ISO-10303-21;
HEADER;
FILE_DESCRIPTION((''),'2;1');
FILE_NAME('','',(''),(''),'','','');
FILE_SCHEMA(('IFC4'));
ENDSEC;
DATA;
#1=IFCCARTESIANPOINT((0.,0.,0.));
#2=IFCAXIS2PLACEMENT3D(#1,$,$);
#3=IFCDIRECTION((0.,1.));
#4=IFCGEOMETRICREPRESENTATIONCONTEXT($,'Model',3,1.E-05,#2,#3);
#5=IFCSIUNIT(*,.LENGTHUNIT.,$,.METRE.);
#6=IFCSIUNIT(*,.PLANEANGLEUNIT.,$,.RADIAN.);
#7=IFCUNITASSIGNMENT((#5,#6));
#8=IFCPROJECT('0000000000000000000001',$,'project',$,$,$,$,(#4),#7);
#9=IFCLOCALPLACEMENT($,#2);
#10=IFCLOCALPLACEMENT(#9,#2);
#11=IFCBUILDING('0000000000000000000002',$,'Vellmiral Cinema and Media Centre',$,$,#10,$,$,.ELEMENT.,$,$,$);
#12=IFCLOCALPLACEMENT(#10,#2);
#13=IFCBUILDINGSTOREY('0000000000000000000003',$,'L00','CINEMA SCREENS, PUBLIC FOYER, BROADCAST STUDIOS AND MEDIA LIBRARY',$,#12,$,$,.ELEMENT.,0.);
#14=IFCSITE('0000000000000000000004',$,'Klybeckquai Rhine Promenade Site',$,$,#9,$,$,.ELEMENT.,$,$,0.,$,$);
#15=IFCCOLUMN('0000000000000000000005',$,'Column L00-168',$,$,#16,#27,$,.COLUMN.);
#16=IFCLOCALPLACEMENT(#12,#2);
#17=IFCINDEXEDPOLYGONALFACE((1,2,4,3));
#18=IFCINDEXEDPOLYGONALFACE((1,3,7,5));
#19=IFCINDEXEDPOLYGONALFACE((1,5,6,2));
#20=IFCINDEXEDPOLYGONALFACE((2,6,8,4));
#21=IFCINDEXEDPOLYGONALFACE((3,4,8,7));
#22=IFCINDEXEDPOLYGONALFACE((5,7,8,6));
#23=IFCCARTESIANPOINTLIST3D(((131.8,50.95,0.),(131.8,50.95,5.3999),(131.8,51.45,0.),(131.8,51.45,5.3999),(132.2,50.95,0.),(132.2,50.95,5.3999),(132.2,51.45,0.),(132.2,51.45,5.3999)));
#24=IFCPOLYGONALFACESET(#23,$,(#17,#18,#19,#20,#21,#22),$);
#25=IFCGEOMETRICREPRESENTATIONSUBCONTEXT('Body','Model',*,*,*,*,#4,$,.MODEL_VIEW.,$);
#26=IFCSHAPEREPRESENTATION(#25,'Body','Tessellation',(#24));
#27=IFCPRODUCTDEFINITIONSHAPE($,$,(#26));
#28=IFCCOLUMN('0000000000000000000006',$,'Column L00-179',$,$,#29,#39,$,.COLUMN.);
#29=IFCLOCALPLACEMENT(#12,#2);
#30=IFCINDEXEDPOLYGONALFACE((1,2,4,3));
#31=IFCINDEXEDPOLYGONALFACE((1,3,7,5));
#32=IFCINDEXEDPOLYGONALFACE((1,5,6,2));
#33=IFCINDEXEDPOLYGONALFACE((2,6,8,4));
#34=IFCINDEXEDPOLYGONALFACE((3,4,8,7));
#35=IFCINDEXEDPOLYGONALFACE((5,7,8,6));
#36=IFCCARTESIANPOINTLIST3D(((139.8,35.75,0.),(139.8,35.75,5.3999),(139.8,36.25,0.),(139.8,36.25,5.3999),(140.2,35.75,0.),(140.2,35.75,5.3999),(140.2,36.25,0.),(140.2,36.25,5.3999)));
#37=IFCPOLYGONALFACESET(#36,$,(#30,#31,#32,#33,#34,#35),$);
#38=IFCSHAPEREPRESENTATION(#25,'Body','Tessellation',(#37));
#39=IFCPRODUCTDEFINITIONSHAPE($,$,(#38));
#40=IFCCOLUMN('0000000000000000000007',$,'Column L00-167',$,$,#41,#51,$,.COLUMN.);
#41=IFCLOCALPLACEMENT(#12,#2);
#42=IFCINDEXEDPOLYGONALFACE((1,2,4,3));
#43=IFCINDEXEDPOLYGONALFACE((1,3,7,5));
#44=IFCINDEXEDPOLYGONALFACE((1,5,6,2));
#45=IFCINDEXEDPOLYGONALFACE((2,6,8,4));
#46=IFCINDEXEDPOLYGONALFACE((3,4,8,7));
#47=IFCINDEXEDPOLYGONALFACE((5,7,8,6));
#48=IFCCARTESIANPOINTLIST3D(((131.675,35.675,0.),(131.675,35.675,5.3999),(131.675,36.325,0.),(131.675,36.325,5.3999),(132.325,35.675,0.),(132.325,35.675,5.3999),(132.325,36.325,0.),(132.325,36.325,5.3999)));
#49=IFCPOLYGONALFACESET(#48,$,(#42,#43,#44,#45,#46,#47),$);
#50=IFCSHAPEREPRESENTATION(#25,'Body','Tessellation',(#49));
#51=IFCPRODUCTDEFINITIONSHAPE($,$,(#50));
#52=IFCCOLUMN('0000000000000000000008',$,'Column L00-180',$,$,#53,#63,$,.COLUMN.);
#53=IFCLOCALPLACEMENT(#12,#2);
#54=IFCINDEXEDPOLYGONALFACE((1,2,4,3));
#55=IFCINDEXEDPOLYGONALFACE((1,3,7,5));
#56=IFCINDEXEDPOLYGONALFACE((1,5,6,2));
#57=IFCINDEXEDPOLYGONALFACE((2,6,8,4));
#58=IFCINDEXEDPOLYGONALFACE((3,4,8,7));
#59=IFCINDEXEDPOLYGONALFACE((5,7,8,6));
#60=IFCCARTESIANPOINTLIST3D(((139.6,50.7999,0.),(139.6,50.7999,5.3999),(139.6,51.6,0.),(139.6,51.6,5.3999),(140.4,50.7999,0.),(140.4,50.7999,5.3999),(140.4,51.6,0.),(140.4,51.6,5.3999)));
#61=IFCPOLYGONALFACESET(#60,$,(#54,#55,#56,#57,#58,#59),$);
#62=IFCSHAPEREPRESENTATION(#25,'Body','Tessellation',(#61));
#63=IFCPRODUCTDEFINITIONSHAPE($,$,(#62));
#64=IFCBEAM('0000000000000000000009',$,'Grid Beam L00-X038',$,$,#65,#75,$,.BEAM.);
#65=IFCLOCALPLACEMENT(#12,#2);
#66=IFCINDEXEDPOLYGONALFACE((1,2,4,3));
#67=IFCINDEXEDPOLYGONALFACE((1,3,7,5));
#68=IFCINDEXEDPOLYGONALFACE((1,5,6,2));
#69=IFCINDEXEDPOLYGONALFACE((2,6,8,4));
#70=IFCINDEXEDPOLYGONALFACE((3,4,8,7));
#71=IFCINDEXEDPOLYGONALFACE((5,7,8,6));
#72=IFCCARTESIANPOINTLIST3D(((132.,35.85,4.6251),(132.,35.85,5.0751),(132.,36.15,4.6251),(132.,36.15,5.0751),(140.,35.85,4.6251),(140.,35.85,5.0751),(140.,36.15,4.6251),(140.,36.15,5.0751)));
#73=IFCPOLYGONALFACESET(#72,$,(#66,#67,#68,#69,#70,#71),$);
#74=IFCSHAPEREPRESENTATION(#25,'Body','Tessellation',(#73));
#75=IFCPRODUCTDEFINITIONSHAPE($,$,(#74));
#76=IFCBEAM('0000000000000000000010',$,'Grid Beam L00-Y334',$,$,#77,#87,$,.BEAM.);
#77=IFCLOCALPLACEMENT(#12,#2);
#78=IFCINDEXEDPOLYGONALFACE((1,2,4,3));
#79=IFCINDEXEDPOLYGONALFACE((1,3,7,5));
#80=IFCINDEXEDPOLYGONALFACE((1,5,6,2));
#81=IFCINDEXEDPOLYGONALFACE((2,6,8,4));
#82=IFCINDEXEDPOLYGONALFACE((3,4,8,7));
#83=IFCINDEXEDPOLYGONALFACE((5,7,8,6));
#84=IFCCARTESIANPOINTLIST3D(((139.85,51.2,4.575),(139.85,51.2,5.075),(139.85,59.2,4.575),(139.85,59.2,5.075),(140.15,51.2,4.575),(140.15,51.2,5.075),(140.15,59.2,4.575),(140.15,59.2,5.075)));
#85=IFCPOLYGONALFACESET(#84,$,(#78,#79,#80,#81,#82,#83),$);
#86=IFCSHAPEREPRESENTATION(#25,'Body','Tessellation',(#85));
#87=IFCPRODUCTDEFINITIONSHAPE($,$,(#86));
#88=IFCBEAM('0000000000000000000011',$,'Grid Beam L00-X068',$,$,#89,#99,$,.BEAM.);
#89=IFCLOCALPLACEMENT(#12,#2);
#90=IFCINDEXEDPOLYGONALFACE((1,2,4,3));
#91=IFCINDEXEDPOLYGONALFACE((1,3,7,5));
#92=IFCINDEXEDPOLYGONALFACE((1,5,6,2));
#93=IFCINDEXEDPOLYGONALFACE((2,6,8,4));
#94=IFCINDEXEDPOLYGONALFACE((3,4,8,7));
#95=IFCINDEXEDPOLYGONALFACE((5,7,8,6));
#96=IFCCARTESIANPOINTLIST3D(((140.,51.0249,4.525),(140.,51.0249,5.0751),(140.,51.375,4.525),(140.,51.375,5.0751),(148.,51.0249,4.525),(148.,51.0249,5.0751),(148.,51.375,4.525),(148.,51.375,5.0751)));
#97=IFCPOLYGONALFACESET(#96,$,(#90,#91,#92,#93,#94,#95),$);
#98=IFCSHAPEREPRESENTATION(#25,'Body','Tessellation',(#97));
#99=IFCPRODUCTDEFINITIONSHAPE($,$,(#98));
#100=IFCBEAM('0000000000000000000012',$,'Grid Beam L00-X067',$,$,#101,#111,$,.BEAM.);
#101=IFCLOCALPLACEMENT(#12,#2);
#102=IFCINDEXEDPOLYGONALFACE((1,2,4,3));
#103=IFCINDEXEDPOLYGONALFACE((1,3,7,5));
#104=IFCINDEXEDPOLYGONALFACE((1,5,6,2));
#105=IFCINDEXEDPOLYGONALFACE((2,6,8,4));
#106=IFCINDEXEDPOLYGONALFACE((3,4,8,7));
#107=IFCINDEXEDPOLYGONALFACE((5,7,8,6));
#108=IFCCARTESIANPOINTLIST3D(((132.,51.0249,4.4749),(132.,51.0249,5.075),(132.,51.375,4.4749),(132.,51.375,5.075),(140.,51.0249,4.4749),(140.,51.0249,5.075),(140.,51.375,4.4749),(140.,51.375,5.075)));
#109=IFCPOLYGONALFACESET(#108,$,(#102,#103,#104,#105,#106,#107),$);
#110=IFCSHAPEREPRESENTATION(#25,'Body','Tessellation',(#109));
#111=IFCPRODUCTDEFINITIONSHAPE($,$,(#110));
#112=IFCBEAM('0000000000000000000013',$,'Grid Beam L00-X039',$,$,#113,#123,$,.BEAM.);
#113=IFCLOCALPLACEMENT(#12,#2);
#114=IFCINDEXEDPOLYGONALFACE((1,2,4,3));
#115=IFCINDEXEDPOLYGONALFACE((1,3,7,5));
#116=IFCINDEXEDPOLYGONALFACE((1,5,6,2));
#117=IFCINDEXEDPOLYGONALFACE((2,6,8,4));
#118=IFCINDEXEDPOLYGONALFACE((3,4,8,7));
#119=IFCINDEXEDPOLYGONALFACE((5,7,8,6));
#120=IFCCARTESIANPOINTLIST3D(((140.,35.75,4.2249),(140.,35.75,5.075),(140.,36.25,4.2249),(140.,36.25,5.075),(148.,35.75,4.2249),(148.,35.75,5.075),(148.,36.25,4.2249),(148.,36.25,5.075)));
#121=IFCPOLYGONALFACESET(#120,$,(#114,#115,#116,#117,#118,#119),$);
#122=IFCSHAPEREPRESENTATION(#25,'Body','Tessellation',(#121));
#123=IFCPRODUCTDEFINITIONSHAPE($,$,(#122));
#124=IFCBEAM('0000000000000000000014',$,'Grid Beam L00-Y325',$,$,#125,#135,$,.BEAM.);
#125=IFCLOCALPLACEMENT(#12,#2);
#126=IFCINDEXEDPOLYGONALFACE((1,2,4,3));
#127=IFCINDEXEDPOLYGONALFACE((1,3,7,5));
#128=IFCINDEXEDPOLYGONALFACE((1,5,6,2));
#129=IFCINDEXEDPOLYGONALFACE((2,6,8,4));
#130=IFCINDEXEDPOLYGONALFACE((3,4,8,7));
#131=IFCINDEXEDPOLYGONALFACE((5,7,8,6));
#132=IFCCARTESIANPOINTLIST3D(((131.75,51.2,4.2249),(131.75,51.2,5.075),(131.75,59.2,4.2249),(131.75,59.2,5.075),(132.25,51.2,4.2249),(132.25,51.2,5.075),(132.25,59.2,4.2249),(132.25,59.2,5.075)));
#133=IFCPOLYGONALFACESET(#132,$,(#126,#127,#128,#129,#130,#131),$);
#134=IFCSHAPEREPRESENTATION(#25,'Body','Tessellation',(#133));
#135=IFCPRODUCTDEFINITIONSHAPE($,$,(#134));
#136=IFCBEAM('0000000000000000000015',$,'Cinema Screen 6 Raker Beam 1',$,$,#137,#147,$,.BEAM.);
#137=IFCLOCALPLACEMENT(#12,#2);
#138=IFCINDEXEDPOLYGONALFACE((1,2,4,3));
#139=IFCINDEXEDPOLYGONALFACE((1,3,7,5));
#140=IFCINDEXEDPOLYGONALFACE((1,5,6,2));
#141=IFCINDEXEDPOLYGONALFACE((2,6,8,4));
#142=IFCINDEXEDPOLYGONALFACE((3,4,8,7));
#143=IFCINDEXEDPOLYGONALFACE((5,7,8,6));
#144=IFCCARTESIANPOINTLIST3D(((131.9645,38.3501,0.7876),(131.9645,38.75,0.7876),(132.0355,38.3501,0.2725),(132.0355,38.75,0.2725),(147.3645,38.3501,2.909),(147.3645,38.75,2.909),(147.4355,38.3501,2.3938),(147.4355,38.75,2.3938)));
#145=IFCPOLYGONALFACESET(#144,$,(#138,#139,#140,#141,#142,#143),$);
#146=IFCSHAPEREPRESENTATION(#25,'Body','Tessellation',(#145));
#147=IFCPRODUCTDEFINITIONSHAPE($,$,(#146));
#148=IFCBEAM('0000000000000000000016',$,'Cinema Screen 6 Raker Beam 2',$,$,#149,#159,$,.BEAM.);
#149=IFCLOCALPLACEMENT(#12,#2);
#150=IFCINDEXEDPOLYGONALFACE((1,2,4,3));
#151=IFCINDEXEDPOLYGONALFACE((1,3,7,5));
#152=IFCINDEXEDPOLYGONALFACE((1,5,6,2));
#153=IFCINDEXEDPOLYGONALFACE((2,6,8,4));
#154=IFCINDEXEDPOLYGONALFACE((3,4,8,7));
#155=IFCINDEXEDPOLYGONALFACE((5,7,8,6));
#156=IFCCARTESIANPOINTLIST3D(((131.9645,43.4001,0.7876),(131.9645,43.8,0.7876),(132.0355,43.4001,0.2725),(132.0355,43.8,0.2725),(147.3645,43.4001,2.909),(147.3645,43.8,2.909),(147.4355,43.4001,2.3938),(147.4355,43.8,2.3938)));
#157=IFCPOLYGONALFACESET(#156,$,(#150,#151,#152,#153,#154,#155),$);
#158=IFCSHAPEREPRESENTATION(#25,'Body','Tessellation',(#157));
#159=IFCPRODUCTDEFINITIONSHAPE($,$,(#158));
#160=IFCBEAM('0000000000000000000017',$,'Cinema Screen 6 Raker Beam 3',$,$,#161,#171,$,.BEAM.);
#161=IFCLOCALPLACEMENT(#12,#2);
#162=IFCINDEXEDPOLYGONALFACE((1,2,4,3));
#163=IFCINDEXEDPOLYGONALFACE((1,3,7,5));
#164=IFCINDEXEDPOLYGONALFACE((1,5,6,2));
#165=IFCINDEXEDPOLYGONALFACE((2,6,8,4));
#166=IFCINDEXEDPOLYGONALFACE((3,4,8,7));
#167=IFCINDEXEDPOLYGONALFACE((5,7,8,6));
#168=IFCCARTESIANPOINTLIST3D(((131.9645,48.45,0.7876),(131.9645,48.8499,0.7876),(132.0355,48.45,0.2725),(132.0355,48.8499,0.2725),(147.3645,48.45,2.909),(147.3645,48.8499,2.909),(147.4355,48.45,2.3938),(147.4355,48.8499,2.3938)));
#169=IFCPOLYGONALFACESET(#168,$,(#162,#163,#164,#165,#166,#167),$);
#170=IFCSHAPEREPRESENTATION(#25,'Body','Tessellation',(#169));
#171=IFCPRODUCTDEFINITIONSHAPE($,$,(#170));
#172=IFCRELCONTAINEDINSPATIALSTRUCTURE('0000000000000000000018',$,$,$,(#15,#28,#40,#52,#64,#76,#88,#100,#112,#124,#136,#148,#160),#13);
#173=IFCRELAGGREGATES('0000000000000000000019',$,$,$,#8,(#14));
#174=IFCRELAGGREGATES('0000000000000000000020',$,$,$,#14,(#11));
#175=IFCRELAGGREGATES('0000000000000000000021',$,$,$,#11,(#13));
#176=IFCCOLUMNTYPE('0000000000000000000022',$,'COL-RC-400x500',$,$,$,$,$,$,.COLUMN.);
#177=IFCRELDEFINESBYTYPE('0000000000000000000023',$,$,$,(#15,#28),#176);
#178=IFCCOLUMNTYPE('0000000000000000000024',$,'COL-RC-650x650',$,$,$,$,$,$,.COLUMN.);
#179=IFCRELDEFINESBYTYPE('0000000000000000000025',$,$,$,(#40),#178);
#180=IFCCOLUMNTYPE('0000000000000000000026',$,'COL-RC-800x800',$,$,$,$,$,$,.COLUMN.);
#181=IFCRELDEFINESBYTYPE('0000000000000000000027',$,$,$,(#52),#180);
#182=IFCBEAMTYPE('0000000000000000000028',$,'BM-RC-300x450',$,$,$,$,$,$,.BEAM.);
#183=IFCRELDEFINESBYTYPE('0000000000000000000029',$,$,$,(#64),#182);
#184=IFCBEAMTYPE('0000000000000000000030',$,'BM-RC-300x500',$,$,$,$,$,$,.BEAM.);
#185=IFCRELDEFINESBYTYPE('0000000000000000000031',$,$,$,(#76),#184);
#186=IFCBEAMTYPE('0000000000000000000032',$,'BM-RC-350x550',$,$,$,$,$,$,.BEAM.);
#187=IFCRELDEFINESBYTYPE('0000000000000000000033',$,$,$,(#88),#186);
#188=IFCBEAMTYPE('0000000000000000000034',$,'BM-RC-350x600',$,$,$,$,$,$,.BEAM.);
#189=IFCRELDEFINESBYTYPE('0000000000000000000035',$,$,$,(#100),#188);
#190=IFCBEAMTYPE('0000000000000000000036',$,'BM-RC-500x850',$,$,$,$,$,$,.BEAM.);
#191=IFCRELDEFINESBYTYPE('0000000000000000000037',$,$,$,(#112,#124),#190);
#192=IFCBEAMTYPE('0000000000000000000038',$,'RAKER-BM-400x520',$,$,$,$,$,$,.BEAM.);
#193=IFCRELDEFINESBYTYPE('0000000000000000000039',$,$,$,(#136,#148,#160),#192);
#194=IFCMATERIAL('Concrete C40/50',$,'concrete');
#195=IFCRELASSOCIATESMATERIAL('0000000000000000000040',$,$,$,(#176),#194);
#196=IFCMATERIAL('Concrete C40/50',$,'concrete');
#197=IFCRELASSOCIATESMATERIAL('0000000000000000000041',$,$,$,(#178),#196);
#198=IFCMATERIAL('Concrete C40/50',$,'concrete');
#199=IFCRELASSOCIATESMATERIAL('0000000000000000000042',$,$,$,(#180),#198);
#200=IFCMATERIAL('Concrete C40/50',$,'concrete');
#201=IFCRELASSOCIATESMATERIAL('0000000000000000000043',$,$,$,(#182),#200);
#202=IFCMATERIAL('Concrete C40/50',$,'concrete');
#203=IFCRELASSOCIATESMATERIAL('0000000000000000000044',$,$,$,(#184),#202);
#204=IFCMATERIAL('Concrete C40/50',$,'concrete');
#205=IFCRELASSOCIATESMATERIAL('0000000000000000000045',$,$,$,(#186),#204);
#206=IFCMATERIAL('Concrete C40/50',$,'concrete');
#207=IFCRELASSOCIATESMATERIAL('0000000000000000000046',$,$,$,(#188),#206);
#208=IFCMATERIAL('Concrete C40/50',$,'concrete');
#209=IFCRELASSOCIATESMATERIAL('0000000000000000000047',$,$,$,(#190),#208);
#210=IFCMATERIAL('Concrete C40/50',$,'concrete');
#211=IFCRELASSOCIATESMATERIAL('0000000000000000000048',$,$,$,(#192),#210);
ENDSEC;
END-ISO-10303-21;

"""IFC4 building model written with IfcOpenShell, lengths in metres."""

from ifc_helpers import new_model, si_unit, direction, frame, origin, origin_2d, place, context, subcontext, project, spatial, rectangle, extrude, material, material_profile, profile_set, type_object, element, save


model = new_model("IFC4")

# Units and contexts
model_context = context("Model", 3, precision=1e-05, world=origin(), true_north=direction((0.0, 1.0)))
body_context = subcontext(model_context, "Body", "Model", "MODEL_VIEW")
ifc_project = project(units=[si_unit("LENGTHUNIT", "METRE"), si_unit("PLANEANGLEUNIT", "RADIAN")], contexts=[model_context])

# Site, building, storey
site_placement = place(None, origin())
site = spatial("IfcSite", under=ifc_project, at=site_placement, Name="Klybeckquai Rhine Promenade Site", CompositionType="ELEMENT", RefElevation=0.0)
building_placement = place(site_placement, origin())
building = spatial("IfcBuilding", under=site, at=building_placement, Name="Vellmiral Cinema and Media Centre", CompositionType="ELEMENT")
storey_placement = place(building_placement, origin())
storey = spatial("IfcBuildingStorey", under=building, at=storey_placement, Name="L00", Description="CINEMA SCREENS, PUBLIC FOYER, BROADCAST STUDIOS AND MEDIA LIBRARY", CompositionType="ELEMENT", Elevation=0.0)

# Columns
ifc_material_1 = material(Name="Concrete C40/50", Category="concrete")
ifc_material_profile_1 = material_profile(ifc_material_1, rectangle(XDim=0.3999, YDim=0.5, at=origin_2d()), Name="RC 400x500")
ifc_profile_set_1 = profile_set([ifc_material_profile_1], Name="Concrete C40/50")
column_type_1 = type_object("IfcColumnType", Name="COL-RC-400x500", PredefinedType="COLUMN", material=ifc_profile_set_1)
for number, where, z_axis, x_axis, name in (
    (1, (132.0, 51.2, 0.0), (0.0, 0.0, 1.0), (1.0, 0.0, 0.0), "Column L00-168"),
    (2, (140.0, 36.0, 0.0), (0.0, 0.0, 1.0), (1.0, 0.0, 0.0), "Column L00-179"),
):
    element("IfcColumn", number, at=place(storey_placement, frame(where, z_axis=z_axis, x_axis=x_axis)), inside=storey, type_object=column_type_1, Name=name, PredefinedType="COLUMN", context=body_context, shape_type="SweptSolid", body=[
        extrude(rectangle(XDim=0.3999, YDim=0.5, at=origin_2d()), origin(), (0.0, 0.0, 1.0), 5.3999),
    ])
ifc_material_2 = material(Name="Concrete C40/50", Category="concrete")
ifc_material_profile_2 = material_profile(ifc_material_2, rectangle(XDim=0.6499, YDim=0.6499, at=origin_2d()), Name="RC 650x650")
ifc_profile_set_2 = profile_set([ifc_material_profile_2], Name="Concrete C40/50")
column_type_2 = type_object("IfcColumnType", Name="COL-RC-650x650", PredefinedType="COLUMN", material=ifc_profile_set_2)
column_1_placement = place(storey_placement, frame((132.0, 36.0, 0.0), z_axis=(0.0, 0.0, 1.0), x_axis=(1.0, 0.0, 0.0)))
element("IfcColumn", 3, at=column_1_placement, inside=storey, type_object=column_type_2, Name="Column L00-167", PredefinedType="COLUMN", context=body_context, shape_type="SweptSolid", body=[
    extrude(rectangle(XDim=0.6499, YDim=0.6499, at=origin_2d()), origin(), (0.0, 0.0, 1.0), 5.3999),
])
ifc_material_3 = material(Name="Concrete C40/50", Category="concrete")
ifc_material_profile_3 = material_profile(ifc_material_3, rectangle(XDim=0.8, YDim=0.8, at=origin_2d()), Name="RC 800x800")
ifc_profile_set_3 = profile_set([ifc_material_profile_3], Name="Concrete C40/50")
column_type_3 = type_object("IfcColumnType", Name="COL-RC-800x800", PredefinedType="COLUMN", material=ifc_profile_set_3)
column_2_placement = place(storey_placement, frame((140.0, 51.2, 0.0), z_axis=(0.0, 0.0, 1.0), x_axis=(1.0, 0.0, 0.0)))
element("IfcColumn", 4, at=column_2_placement, inside=storey, type_object=column_type_3, Name="Column L00-180", PredefinedType="COLUMN", context=body_context, shape_type="SweptSolid", body=[
    extrude(rectangle(XDim=0.8, YDim=0.8, at=origin_2d()), origin(), (0.0, 0.0, 1.0), 5.3999),
])

# Beams
ifc_material_4 = material(Name="Concrete C40/50", Category="concrete")
ifc_material_profile_4 = material_profile(ifc_material_4, rectangle(XDim=0.3, YDim=0.45, at=origin_2d()), Name="RC 300x450")
ifc_profile_set_4 = profile_set([ifc_material_profile_4], Name="Concrete C40/50")
beam_type_1 = type_object("IfcBeamType", Name="BM-RC-300x450", PredefinedType="BEAM", material=ifc_profile_set_4)
beam_1_placement = place(storey_placement, frame((132.0, 36.0, 4.8501), z_axis=(1.0, 0.0, 0.0), x_axis=(0.0, 1.0, 0.0)))
element("IfcBeam", 5, at=beam_1_placement, inside=storey, type_object=beam_type_1, Name="Grid Beam L00-X038", PredefinedType="BEAM", context=body_context, shape_type="SweptSolid", body=[
    extrude(rectangle(XDim=0.3, YDim=0.45, at=origin_2d()), origin(), (0.0, 0.0, 1.0), 8.0),
])
ifc_material_5 = material(Name="Concrete C40/50", Category="concrete")
ifc_material_profile_5 = material_profile(ifc_material_5, rectangle(XDim=0.3, YDim=0.5, at=origin_2d()), Name="RC 300x500")
ifc_profile_set_5 = profile_set([ifc_material_profile_5], Name="Concrete C40/50")
beam_type_2 = type_object("IfcBeamType", Name="BM-RC-300x500", PredefinedType="BEAM", material=ifc_profile_set_5)
beam_2_placement = place(storey_placement, frame((140.0, 51.2, 4.825), z_axis=(0.0, 1.0, 0.0), x_axis=(-1.0, 0.0, 0.0)))
element("IfcBeam", 6, at=beam_2_placement, inside=storey, type_object=beam_type_2, Name="Grid Beam L00-Y334", PredefinedType="BEAM", context=body_context, shape_type="SweptSolid", body=[
    extrude(rectangle(XDim=0.3, YDim=0.5, at=origin_2d()), origin(), (0.0, 0.0, 1.0), 8.0),
])
ifc_material_6 = material(Name="Concrete C40/50", Category="concrete")
ifc_material_profile_6 = material_profile(ifc_material_6, rectangle(XDim=0.3501, YDim=0.55, at=origin_2d()), Name="RC 350x550")
ifc_profile_set_6 = profile_set([ifc_material_profile_6], Name="Concrete C40/50")
beam_type_3 = type_object("IfcBeamType", Name="BM-RC-350x550", PredefinedType="BEAM", material=ifc_profile_set_6)
beam_3_placement = place(storey_placement, frame((140.0, 51.2, 4.8), z_axis=(1.0, 0.0, 0.0), x_axis=(0.0, 1.0, 0.0)))
element("IfcBeam", 7, at=beam_3_placement, inside=storey, type_object=beam_type_3, Name="Grid Beam L00-X068", PredefinedType="BEAM", context=body_context, shape_type="SweptSolid", body=[
    extrude(rectangle(XDim=0.3501, YDim=0.55, at=origin_2d()), origin(), (0.0, 0.0, 1.0), 8.0),
])
ifc_material_7 = material(Name="Concrete C40/50", Category="concrete")
ifc_material_profile_7 = material_profile(ifc_material_7, rectangle(XDim=0.3501, YDim=0.6001, at=origin_2d()), Name="RC 350x600")
ifc_profile_set_7 = profile_set([ifc_material_profile_7], Name="Concrete C40/50")
beam_type_4 = type_object("IfcBeamType", Name="BM-RC-350x600", PredefinedType="BEAM", material=ifc_profile_set_7)
beam_4_placement = place(storey_placement, frame((132.0, 51.2, 4.7749), z_axis=(1.0, 0.0, 0.0), x_axis=(0.0, 1.0, 0.0)))
element("IfcBeam", 8, at=beam_4_placement, inside=storey, type_object=beam_type_4, Name="Grid Beam L00-X067", PredefinedType="BEAM", context=body_context, shape_type="SweptSolid", body=[
    extrude(rectangle(XDim=0.3501, YDim=0.6001, at=origin_2d()), origin(), (0.0, 0.0, 1.0), 8.0),
])
ifc_material_8 = material(Name="Concrete C40/50", Category="concrete")
ifc_material_profile_8 = material_profile(ifc_material_8, rectangle(XDim=0.5, YDim=0.8501, at=origin_2d()), Name="RC 500x850")
ifc_profile_set_8 = profile_set([ifc_material_profile_8], Name="Concrete C40/50")
beam_type_5 = type_object("IfcBeamType", Name="BM-RC-500x850", PredefinedType="BEAM", material=ifc_profile_set_8)
for number, where, z_axis, x_axis, name in (
    (9, (140.0, 36.0, 4.6499), (1.0, 0.0, 0.0), (0.0, 1.0, 0.0), "Grid Beam L00-X039"),
    (10, (132.0, 51.2, 4.6499), (0.0, 1.0, 0.0), (-1.0, 0.0, 0.0), "Grid Beam L00-Y325"),
):
    element("IfcBeam", number, at=place(storey_placement, frame(where, z_axis=z_axis, x_axis=x_axis)), inside=storey, type_object=beam_type_5, Name=name, PredefinedType="BEAM", context=body_context, shape_type="SweptSolid", body=[
        extrude(rectangle(XDim=0.5, YDim=0.8501, at=origin_2d()), origin(), (0.0, 0.0, 1.0), 8.0),
    ])
ifc_material_9 = material(Name="Concrete C40/50", Category="concrete")
ifc_material_profile_9 = material_profile(ifc_material_9, rectangle(XDim=0.3999, YDim=0.52, at=origin_2d()), Name="RC 400x520")
ifc_profile_set_9 = profile_set([ifc_material_profile_9], Name="Concrete C40/50")
beam_type_6 = type_object("IfcBeamType", Name="RAKER-BM-400x520", PredefinedType="BEAM", material=ifc_profile_set_9)
for number, where, z_axis, x_axis, name in (
    (11, (132.0, 38.55, 0.53), (0.990645, 0.0, 0.136461), (0.0, 1.0, 0.0), "Cinema Screen 6 Raker Beam 1"),
    (12, (132.0, 43.6001, 0.53), (0.990645, 0.0, 0.136461), (0.0, 1.0, 0.0), "Cinema Screen 6 Raker Beam 2"),
    (13, (132.0, 48.6499, 0.53), (0.990645, 0.0, 0.136461), (0.0, 1.0, 0.0), "Cinema Screen 6 Raker Beam 3"),
):
    element("IfcBeam", number, at=place(storey_placement, frame(where, z_axis=z_axis, x_axis=x_axis)), inside=storey, type_object=beam_type_6, Name=name, PredefinedType="BEAM", context=body_context, shape_type="SweptSolid", body=[
        extrude(rectangle(XDim=0.3999, YDim=0.52, at=origin_2d()), origin(), (0.0, 0.0, 1.0), 15.5454),
    ])

save(model, "model.ifc")
